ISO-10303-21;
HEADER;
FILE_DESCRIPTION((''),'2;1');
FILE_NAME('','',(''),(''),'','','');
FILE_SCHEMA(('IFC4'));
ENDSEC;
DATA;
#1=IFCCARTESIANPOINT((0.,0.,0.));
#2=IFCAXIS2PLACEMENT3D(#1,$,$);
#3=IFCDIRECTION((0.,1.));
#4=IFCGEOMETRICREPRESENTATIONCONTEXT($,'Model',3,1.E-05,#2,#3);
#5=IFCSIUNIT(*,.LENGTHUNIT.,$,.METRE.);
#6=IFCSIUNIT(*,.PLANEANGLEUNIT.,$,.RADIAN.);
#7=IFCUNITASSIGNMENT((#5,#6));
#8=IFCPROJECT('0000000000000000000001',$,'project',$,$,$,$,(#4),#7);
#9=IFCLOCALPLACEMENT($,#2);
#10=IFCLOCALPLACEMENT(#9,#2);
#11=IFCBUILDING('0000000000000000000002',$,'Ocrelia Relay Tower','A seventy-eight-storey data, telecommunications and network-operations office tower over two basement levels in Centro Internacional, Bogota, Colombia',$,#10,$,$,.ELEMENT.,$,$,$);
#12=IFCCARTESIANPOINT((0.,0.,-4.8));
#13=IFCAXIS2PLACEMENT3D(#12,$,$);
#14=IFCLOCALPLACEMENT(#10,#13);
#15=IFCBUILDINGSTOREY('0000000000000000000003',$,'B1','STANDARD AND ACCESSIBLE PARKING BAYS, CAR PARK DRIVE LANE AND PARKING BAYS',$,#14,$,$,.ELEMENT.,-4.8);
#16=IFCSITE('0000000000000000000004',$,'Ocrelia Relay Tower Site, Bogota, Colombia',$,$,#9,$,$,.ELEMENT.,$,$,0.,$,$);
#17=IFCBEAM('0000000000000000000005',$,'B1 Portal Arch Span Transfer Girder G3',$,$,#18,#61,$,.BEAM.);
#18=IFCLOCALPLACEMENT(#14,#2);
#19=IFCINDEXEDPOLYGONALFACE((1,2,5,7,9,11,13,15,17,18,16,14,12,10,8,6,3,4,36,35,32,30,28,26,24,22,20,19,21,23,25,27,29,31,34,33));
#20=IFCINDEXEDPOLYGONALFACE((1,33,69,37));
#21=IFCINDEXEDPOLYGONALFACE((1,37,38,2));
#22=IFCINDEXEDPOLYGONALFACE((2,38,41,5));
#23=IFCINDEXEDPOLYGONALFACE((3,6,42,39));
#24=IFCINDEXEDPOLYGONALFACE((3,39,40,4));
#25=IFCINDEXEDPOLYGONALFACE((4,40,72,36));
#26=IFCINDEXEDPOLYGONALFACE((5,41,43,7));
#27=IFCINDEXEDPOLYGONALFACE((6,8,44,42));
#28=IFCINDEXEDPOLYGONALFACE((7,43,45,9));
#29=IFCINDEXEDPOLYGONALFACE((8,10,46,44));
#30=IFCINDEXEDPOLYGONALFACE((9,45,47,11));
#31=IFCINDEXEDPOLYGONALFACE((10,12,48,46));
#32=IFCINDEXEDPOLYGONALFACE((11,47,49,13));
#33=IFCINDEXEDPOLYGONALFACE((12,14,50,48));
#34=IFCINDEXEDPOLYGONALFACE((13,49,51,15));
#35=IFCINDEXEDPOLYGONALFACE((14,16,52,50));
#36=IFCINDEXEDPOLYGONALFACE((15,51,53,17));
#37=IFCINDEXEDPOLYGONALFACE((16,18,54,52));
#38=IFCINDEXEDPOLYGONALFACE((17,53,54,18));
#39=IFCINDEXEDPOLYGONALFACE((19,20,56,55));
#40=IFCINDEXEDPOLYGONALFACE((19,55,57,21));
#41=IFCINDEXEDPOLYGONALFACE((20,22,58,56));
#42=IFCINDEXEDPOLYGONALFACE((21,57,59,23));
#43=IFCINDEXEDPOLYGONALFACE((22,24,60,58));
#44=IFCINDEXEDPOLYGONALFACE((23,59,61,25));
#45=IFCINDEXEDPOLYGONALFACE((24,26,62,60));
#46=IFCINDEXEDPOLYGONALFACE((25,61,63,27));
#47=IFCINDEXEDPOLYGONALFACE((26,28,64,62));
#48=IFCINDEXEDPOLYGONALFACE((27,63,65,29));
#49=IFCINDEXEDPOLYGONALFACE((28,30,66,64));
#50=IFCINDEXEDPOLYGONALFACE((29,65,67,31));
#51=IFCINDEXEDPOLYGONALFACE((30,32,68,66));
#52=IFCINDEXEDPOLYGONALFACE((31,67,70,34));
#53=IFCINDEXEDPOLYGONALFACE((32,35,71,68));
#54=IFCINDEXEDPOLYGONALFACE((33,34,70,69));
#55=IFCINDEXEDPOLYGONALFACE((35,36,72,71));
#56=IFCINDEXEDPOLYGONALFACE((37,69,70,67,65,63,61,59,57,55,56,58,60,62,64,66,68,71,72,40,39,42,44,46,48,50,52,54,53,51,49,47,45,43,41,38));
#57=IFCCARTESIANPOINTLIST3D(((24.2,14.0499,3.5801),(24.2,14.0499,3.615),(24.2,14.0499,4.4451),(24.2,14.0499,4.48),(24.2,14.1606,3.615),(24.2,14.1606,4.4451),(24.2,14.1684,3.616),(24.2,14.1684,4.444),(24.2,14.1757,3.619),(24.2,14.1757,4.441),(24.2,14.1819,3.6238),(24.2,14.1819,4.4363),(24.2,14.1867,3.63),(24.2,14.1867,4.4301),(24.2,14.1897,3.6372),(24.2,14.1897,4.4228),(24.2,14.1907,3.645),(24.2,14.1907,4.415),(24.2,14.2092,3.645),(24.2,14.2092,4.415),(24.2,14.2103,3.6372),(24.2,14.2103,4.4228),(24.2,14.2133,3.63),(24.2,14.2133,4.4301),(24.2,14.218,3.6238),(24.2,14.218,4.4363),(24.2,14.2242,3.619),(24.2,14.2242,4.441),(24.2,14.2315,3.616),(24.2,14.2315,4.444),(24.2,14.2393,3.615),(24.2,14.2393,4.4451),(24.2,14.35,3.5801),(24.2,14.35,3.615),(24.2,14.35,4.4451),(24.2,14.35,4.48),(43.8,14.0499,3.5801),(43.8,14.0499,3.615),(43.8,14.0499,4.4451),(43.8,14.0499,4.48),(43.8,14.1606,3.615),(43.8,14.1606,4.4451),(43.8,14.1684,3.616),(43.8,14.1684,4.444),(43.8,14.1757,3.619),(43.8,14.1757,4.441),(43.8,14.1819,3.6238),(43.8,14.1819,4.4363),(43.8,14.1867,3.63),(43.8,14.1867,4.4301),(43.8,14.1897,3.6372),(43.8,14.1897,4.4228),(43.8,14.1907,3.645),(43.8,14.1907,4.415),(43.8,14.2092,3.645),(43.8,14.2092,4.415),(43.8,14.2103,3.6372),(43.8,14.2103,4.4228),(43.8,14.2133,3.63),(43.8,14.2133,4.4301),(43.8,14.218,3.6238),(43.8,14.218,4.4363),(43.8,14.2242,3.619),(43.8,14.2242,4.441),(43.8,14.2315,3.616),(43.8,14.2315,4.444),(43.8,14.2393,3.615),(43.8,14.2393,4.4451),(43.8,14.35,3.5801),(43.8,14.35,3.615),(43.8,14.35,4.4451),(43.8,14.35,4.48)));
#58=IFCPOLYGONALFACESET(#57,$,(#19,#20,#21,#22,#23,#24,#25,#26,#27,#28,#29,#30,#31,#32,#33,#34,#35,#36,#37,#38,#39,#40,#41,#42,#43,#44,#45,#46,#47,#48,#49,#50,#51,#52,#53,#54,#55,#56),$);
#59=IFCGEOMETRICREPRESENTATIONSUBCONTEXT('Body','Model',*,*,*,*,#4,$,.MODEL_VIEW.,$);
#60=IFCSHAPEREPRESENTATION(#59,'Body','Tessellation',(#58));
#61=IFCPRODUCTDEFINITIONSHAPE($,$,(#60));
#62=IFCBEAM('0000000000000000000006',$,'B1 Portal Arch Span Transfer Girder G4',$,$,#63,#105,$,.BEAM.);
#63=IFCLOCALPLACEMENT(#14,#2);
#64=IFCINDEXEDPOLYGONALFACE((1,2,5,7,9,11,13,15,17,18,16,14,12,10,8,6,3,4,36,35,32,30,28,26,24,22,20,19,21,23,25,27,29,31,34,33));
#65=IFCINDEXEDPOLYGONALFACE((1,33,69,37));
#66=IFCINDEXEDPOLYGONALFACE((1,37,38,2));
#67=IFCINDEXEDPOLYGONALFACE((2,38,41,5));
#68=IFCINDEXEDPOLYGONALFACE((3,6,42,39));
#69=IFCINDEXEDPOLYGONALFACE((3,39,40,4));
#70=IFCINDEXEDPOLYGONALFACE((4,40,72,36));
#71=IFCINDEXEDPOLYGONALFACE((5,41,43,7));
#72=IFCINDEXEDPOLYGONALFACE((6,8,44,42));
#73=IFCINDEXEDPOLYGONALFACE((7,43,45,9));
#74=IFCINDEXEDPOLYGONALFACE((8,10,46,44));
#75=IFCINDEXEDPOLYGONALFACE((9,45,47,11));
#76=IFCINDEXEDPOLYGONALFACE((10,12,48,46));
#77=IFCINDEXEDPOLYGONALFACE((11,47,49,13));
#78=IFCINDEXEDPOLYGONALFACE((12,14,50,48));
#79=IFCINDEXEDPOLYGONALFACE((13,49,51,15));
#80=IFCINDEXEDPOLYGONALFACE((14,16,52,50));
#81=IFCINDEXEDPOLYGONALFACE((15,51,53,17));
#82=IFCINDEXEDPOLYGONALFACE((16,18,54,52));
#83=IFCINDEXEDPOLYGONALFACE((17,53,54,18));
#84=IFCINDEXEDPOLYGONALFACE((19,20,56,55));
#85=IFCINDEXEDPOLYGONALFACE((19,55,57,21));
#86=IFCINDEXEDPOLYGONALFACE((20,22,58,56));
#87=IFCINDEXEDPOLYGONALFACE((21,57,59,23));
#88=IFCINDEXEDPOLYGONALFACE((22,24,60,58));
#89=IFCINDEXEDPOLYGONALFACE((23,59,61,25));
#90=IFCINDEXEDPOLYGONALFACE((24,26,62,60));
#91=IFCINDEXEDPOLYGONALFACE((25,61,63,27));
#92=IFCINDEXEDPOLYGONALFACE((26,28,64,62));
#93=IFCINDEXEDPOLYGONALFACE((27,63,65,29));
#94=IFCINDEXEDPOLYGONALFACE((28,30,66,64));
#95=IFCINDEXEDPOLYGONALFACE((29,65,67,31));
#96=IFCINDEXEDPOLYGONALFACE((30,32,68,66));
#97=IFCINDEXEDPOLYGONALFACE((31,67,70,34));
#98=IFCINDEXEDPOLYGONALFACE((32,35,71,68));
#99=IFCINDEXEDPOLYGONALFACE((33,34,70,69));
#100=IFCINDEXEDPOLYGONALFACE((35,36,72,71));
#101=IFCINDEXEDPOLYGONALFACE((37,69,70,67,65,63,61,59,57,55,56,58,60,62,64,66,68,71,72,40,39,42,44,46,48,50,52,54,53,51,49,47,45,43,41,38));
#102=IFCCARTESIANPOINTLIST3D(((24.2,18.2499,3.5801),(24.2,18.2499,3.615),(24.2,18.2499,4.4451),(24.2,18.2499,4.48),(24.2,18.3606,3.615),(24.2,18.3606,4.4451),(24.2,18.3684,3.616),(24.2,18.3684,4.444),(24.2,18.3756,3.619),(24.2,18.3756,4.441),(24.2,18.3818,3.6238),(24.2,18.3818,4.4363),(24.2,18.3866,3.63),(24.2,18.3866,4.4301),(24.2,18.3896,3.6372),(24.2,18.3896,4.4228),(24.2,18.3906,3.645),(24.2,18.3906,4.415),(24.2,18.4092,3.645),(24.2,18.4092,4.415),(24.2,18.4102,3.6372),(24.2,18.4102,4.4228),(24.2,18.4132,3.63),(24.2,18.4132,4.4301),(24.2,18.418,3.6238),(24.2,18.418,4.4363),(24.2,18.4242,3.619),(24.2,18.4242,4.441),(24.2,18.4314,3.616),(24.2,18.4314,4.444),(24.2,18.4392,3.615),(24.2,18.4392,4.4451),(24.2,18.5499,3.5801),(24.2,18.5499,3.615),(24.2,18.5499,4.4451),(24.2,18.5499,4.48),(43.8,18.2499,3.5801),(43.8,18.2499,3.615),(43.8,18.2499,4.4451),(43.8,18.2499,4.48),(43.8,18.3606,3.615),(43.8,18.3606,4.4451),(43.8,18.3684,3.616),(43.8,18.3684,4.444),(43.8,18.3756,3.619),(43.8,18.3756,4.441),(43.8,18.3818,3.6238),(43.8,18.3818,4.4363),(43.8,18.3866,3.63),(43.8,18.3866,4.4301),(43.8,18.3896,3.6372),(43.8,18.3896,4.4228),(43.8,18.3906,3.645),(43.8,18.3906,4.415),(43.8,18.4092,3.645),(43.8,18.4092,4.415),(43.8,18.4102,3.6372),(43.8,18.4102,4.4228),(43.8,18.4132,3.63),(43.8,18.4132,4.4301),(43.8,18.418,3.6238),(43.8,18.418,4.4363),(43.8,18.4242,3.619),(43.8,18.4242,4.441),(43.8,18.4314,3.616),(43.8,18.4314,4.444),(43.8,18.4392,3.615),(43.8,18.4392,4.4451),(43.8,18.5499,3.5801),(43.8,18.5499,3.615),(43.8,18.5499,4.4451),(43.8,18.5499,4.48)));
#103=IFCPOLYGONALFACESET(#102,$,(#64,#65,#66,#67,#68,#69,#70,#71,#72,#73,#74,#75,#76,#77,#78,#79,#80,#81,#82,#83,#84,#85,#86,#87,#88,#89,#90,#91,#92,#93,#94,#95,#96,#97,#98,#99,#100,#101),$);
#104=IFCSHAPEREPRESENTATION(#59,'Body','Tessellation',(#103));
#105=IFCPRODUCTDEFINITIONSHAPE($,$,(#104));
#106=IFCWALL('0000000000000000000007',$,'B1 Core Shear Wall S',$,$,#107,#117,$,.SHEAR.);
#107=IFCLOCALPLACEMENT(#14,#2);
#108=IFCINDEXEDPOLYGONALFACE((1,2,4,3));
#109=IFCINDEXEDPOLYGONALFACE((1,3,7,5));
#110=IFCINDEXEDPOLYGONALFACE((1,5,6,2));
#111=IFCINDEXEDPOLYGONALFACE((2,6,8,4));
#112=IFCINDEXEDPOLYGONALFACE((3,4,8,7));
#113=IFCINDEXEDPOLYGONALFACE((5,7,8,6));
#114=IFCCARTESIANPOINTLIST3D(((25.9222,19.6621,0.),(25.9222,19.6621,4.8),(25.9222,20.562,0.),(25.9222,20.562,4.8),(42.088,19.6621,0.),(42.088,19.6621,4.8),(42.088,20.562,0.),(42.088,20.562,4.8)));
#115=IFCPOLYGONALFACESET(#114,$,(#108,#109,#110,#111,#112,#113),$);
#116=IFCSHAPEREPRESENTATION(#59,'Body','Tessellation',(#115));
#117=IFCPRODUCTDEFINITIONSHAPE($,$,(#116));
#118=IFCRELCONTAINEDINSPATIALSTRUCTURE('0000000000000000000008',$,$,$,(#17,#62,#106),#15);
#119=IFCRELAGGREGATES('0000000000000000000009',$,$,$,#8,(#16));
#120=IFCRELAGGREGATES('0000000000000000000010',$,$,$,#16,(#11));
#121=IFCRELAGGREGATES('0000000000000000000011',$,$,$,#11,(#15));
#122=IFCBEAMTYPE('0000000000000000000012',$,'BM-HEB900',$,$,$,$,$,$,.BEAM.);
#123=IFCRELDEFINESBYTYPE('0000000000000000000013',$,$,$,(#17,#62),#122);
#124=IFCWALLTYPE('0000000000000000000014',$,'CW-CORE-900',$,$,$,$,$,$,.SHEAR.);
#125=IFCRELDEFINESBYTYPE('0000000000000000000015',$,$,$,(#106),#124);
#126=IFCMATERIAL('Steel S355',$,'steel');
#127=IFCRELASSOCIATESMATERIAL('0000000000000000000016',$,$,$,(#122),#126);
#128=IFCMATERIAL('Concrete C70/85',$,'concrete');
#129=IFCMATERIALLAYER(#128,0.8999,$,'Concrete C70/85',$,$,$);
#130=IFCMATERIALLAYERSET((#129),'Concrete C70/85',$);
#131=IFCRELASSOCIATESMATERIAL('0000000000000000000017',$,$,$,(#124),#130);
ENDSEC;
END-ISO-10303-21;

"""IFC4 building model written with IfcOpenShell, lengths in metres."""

from ifc_helpers import new_model, si_unit, direction, frame, frame_2d, origin, origin_2d, place, context, subcontext, project, spatial, rectangle, i_section, extrude, material, layer, layer_set, material_profile, profile_set, type_object, element, save


model = new_model("IFC4")

# Units and contexts
model_context = context("Model", 3, precision=1e-05, world=origin(), true_north=direction((0.0, 1.0)))
body_context = subcontext(model_context, "Body", "Model", "MODEL_VIEW")
ifc_project = project(units=[si_unit("LENGTHUNIT", "METRE"), si_unit("PLANEANGLEUNIT", "RADIAN")], contexts=[model_context])

# Site, building, storey
site_placement = place(None, origin())
site = spatial("IfcSite", under=ifc_project, at=site_placement, Name="Ocrelia Relay Tower Site, Bogota, Colombia", CompositionType="ELEMENT", RefElevation=0.0)
building_placement = place(site_placement, origin())
building = spatial("IfcBuilding", under=site, at=building_placement, Name="Ocrelia Relay Tower", Description="A seventy-eight-storey data, telecommunications and network-operations office tower over two basement levels in Centro Internacional, Bogota, Colombia", CompositionType="ELEMENT")
storey_placement = place(building_placement, frame((0.0, 0.0, -4.8)))
storey = spatial("IfcBuildingStorey", under=building, at=storey_placement, Name="B1", Description="STANDARD AND ACCESSIBLE PARKING BAYS, CAR PARK DRIVE LANE AND PARKING BAYS", CompositionType="ELEMENT", Elevation=-4.8)

# Shared definitions
ifc_material_1 = material(Name="Concrete C70/85", Category="concrete")

# Beams
ifc_material_2 = material(Name="Steel S355", Category="steel")
ifc_material_profile_1 = material_profile(ifc_material_2, i_section(OverallWidth=0.3, OverallDepth=0.8999, WebThickness=0.0186, FlangeThickness=0.0349, FilletRadius=0.03, at=origin_2d()), Name="HEB 900")
ifc_profile_set_1 = profile_set([ifc_material_profile_1], Name="Steel S355")
beam_type_1 = type_object("IfcBeamType", Name="BM-HEB900", PredefinedType="BEAM", material=ifc_profile_set_1)
for number, where, z_axis, x_axis, name in (
    (1, (24.2, 14.2, 4.03), (1.0, 0.0, 0.0), (0.0, 1.0, 0.0), "B1 Portal Arch Span Transfer Girder G3"),
    (2, (24.2, 18.3999, 4.03), (1.0, 0.0, 0.0), (0.0, 1.0, 0.0), "B1 Portal Arch Span Transfer Girder G4"),
):
    element("IfcBeam", number, at=place(storey_placement, frame(where, z_axis=z_axis, x_axis=x_axis)), inside=storey, type_object=beam_type_1, Name=name, PredefinedType="BEAM", context=body_context, shape_type="SweptSolid", body=[
        extrude(i_section(OverallWidth=0.3, OverallDepth=0.8999, WebThickness=0.0186, FlangeThickness=0.0349, FilletRadius=0.03, at=origin_2d()), origin(), (0.0, 0.0, 1.0), 19.6001),
    ])

# Wall
ifc_layer = layer(ifc_material_1, 0.8999, Name="Concrete C70/85")
ifc_layer_set = layer_set([ifc_layer], Name="Concrete C70/85")
wall_type = type_object("IfcWallType", Name="CW-CORE-900", PredefinedType="SHEAR", material=ifc_layer_set)
wall_placement = place(storey_placement, frame((25.9221, 20.1121, 0.0), z_axis=(0.0, 0.0, 1.0), x_axis=(1.0, 0.0, 0.0)))
element("IfcWall", 3, at=wall_placement, inside=storey, type_object=wall_type, Name="B1 Core Shear Wall S", PredefinedType="SHEAR", context=body_context, shape_type="SweptSolid", body=[
    extrude(rectangle(XDim=16.1658, YDim=0.8999, at=frame_2d((8.083, 0.0))), origin(), (0.0, 0.0, 1.0), 4.8),
])

save(model, "model.ifc")
